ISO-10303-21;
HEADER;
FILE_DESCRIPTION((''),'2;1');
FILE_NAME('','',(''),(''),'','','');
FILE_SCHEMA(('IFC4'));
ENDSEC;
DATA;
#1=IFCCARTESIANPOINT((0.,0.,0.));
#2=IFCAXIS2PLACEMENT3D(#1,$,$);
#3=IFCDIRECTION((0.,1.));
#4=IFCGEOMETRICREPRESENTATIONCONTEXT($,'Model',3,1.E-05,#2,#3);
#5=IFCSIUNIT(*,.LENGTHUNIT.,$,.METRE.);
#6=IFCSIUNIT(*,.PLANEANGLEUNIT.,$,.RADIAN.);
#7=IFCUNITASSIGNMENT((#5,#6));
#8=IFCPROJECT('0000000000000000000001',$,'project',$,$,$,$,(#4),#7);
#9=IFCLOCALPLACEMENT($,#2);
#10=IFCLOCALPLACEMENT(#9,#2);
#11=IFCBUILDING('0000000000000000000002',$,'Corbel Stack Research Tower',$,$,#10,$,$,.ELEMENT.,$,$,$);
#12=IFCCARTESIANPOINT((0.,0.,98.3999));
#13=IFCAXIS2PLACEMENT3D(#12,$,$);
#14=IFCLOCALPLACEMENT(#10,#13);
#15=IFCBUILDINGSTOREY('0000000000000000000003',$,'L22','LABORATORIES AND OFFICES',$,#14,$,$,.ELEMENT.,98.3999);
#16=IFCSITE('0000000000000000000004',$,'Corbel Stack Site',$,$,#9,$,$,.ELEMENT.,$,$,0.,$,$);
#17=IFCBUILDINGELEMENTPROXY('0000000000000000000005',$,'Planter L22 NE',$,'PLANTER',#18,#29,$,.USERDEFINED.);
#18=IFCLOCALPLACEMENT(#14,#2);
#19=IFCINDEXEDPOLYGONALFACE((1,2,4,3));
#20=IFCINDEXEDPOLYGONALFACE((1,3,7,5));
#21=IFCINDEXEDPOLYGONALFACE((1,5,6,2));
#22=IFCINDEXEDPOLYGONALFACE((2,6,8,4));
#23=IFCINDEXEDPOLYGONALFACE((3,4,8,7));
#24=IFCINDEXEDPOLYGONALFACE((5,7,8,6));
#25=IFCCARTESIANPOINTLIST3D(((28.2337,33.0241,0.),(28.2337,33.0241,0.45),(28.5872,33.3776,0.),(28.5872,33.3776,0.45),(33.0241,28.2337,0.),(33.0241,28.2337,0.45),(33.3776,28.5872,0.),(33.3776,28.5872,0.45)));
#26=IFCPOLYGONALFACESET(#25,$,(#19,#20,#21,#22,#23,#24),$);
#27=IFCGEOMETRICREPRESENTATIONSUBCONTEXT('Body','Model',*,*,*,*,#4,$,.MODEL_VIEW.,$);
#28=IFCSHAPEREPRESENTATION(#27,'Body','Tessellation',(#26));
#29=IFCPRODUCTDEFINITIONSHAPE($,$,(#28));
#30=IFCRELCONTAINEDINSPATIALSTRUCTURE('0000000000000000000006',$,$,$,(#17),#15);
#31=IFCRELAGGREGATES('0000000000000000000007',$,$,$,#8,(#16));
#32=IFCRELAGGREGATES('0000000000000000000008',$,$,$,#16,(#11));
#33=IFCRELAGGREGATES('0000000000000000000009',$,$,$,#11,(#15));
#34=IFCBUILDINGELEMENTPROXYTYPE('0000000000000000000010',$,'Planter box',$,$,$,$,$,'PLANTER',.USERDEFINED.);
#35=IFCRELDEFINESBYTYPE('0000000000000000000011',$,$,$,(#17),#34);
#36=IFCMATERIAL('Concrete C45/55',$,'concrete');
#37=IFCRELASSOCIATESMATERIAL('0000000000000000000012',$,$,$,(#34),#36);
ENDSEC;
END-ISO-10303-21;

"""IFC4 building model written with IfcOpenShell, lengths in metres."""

from ifc_helpers import new_model, si_unit, direction, frame, origin, origin_2d, place, context, subcontext, project, spatial, rectangle, extrude, material, type_object, element, save


model = new_model("IFC4")

# Units and contexts
model_context = context("Model", 3, precision=1e-05, world=origin(), true_north=direction((0.0, 1.0)))
body_context = subcontext(model_context, "Body", "Model", "MODEL_VIEW")
ifc_project = project(units=[si_unit("LENGTHUNIT", "METRE"), si_unit("PLANEANGLEUNIT", "RADIAN")], contexts=[model_context])

# Site, building, storey
site_placement = place(None, origin())
site = spatial("IfcSite", under=ifc_project, at=site_placement, Name="Corbel Stack Site", CompositionType="ELEMENT", RefElevation=0.0)
building_placement = place(site_placement, origin())
building = spatial("IfcBuilding", under=site, at=building_placement, Name="Corbel Stack Research Tower", CompositionType="ELEMENT")
storey_placement = place(building_placement, frame((0.0, 0.0, 98.3999)))
storey = spatial("IfcBuildingStorey", under=building, at=storey_placement, Name="L22", Description="LABORATORIES AND OFFICES", CompositionType="ELEMENT", Elevation=98.3999)

# Building element proxy
ifc_material_1 = material(Name="Concrete C45/55", Category="concrete")
building_element_proxy_type = type_object("IfcBuildingElementProxyType", Name="Planter box", ElementType="PLANTER", PredefinedType="USERDEFINED", material=ifc_material_1)
proxy_placement = place(storey_placement, frame((30.8057, 30.8057, 0.0), z_axis=(0.0, 0.0, 1.0), x_axis=(-0.707107, 0.707107, 0.0)))
element("IfcBuildingElementProxy", 1, at=proxy_placement, inside=storey, type_object=building_element_proxy_type, Name="Planter L22 NE", ObjectType="PLANTER", PredefinedType="USERDEFINED", context=body_context, shape_type="SweptSolid", body=[
    extrude(rectangle(XDim=6.7747, YDim=0.5, at=origin_2d()), origin(), (0.0, 0.0, 1.0), 0.45),
])

save(model, "model.ifc")
